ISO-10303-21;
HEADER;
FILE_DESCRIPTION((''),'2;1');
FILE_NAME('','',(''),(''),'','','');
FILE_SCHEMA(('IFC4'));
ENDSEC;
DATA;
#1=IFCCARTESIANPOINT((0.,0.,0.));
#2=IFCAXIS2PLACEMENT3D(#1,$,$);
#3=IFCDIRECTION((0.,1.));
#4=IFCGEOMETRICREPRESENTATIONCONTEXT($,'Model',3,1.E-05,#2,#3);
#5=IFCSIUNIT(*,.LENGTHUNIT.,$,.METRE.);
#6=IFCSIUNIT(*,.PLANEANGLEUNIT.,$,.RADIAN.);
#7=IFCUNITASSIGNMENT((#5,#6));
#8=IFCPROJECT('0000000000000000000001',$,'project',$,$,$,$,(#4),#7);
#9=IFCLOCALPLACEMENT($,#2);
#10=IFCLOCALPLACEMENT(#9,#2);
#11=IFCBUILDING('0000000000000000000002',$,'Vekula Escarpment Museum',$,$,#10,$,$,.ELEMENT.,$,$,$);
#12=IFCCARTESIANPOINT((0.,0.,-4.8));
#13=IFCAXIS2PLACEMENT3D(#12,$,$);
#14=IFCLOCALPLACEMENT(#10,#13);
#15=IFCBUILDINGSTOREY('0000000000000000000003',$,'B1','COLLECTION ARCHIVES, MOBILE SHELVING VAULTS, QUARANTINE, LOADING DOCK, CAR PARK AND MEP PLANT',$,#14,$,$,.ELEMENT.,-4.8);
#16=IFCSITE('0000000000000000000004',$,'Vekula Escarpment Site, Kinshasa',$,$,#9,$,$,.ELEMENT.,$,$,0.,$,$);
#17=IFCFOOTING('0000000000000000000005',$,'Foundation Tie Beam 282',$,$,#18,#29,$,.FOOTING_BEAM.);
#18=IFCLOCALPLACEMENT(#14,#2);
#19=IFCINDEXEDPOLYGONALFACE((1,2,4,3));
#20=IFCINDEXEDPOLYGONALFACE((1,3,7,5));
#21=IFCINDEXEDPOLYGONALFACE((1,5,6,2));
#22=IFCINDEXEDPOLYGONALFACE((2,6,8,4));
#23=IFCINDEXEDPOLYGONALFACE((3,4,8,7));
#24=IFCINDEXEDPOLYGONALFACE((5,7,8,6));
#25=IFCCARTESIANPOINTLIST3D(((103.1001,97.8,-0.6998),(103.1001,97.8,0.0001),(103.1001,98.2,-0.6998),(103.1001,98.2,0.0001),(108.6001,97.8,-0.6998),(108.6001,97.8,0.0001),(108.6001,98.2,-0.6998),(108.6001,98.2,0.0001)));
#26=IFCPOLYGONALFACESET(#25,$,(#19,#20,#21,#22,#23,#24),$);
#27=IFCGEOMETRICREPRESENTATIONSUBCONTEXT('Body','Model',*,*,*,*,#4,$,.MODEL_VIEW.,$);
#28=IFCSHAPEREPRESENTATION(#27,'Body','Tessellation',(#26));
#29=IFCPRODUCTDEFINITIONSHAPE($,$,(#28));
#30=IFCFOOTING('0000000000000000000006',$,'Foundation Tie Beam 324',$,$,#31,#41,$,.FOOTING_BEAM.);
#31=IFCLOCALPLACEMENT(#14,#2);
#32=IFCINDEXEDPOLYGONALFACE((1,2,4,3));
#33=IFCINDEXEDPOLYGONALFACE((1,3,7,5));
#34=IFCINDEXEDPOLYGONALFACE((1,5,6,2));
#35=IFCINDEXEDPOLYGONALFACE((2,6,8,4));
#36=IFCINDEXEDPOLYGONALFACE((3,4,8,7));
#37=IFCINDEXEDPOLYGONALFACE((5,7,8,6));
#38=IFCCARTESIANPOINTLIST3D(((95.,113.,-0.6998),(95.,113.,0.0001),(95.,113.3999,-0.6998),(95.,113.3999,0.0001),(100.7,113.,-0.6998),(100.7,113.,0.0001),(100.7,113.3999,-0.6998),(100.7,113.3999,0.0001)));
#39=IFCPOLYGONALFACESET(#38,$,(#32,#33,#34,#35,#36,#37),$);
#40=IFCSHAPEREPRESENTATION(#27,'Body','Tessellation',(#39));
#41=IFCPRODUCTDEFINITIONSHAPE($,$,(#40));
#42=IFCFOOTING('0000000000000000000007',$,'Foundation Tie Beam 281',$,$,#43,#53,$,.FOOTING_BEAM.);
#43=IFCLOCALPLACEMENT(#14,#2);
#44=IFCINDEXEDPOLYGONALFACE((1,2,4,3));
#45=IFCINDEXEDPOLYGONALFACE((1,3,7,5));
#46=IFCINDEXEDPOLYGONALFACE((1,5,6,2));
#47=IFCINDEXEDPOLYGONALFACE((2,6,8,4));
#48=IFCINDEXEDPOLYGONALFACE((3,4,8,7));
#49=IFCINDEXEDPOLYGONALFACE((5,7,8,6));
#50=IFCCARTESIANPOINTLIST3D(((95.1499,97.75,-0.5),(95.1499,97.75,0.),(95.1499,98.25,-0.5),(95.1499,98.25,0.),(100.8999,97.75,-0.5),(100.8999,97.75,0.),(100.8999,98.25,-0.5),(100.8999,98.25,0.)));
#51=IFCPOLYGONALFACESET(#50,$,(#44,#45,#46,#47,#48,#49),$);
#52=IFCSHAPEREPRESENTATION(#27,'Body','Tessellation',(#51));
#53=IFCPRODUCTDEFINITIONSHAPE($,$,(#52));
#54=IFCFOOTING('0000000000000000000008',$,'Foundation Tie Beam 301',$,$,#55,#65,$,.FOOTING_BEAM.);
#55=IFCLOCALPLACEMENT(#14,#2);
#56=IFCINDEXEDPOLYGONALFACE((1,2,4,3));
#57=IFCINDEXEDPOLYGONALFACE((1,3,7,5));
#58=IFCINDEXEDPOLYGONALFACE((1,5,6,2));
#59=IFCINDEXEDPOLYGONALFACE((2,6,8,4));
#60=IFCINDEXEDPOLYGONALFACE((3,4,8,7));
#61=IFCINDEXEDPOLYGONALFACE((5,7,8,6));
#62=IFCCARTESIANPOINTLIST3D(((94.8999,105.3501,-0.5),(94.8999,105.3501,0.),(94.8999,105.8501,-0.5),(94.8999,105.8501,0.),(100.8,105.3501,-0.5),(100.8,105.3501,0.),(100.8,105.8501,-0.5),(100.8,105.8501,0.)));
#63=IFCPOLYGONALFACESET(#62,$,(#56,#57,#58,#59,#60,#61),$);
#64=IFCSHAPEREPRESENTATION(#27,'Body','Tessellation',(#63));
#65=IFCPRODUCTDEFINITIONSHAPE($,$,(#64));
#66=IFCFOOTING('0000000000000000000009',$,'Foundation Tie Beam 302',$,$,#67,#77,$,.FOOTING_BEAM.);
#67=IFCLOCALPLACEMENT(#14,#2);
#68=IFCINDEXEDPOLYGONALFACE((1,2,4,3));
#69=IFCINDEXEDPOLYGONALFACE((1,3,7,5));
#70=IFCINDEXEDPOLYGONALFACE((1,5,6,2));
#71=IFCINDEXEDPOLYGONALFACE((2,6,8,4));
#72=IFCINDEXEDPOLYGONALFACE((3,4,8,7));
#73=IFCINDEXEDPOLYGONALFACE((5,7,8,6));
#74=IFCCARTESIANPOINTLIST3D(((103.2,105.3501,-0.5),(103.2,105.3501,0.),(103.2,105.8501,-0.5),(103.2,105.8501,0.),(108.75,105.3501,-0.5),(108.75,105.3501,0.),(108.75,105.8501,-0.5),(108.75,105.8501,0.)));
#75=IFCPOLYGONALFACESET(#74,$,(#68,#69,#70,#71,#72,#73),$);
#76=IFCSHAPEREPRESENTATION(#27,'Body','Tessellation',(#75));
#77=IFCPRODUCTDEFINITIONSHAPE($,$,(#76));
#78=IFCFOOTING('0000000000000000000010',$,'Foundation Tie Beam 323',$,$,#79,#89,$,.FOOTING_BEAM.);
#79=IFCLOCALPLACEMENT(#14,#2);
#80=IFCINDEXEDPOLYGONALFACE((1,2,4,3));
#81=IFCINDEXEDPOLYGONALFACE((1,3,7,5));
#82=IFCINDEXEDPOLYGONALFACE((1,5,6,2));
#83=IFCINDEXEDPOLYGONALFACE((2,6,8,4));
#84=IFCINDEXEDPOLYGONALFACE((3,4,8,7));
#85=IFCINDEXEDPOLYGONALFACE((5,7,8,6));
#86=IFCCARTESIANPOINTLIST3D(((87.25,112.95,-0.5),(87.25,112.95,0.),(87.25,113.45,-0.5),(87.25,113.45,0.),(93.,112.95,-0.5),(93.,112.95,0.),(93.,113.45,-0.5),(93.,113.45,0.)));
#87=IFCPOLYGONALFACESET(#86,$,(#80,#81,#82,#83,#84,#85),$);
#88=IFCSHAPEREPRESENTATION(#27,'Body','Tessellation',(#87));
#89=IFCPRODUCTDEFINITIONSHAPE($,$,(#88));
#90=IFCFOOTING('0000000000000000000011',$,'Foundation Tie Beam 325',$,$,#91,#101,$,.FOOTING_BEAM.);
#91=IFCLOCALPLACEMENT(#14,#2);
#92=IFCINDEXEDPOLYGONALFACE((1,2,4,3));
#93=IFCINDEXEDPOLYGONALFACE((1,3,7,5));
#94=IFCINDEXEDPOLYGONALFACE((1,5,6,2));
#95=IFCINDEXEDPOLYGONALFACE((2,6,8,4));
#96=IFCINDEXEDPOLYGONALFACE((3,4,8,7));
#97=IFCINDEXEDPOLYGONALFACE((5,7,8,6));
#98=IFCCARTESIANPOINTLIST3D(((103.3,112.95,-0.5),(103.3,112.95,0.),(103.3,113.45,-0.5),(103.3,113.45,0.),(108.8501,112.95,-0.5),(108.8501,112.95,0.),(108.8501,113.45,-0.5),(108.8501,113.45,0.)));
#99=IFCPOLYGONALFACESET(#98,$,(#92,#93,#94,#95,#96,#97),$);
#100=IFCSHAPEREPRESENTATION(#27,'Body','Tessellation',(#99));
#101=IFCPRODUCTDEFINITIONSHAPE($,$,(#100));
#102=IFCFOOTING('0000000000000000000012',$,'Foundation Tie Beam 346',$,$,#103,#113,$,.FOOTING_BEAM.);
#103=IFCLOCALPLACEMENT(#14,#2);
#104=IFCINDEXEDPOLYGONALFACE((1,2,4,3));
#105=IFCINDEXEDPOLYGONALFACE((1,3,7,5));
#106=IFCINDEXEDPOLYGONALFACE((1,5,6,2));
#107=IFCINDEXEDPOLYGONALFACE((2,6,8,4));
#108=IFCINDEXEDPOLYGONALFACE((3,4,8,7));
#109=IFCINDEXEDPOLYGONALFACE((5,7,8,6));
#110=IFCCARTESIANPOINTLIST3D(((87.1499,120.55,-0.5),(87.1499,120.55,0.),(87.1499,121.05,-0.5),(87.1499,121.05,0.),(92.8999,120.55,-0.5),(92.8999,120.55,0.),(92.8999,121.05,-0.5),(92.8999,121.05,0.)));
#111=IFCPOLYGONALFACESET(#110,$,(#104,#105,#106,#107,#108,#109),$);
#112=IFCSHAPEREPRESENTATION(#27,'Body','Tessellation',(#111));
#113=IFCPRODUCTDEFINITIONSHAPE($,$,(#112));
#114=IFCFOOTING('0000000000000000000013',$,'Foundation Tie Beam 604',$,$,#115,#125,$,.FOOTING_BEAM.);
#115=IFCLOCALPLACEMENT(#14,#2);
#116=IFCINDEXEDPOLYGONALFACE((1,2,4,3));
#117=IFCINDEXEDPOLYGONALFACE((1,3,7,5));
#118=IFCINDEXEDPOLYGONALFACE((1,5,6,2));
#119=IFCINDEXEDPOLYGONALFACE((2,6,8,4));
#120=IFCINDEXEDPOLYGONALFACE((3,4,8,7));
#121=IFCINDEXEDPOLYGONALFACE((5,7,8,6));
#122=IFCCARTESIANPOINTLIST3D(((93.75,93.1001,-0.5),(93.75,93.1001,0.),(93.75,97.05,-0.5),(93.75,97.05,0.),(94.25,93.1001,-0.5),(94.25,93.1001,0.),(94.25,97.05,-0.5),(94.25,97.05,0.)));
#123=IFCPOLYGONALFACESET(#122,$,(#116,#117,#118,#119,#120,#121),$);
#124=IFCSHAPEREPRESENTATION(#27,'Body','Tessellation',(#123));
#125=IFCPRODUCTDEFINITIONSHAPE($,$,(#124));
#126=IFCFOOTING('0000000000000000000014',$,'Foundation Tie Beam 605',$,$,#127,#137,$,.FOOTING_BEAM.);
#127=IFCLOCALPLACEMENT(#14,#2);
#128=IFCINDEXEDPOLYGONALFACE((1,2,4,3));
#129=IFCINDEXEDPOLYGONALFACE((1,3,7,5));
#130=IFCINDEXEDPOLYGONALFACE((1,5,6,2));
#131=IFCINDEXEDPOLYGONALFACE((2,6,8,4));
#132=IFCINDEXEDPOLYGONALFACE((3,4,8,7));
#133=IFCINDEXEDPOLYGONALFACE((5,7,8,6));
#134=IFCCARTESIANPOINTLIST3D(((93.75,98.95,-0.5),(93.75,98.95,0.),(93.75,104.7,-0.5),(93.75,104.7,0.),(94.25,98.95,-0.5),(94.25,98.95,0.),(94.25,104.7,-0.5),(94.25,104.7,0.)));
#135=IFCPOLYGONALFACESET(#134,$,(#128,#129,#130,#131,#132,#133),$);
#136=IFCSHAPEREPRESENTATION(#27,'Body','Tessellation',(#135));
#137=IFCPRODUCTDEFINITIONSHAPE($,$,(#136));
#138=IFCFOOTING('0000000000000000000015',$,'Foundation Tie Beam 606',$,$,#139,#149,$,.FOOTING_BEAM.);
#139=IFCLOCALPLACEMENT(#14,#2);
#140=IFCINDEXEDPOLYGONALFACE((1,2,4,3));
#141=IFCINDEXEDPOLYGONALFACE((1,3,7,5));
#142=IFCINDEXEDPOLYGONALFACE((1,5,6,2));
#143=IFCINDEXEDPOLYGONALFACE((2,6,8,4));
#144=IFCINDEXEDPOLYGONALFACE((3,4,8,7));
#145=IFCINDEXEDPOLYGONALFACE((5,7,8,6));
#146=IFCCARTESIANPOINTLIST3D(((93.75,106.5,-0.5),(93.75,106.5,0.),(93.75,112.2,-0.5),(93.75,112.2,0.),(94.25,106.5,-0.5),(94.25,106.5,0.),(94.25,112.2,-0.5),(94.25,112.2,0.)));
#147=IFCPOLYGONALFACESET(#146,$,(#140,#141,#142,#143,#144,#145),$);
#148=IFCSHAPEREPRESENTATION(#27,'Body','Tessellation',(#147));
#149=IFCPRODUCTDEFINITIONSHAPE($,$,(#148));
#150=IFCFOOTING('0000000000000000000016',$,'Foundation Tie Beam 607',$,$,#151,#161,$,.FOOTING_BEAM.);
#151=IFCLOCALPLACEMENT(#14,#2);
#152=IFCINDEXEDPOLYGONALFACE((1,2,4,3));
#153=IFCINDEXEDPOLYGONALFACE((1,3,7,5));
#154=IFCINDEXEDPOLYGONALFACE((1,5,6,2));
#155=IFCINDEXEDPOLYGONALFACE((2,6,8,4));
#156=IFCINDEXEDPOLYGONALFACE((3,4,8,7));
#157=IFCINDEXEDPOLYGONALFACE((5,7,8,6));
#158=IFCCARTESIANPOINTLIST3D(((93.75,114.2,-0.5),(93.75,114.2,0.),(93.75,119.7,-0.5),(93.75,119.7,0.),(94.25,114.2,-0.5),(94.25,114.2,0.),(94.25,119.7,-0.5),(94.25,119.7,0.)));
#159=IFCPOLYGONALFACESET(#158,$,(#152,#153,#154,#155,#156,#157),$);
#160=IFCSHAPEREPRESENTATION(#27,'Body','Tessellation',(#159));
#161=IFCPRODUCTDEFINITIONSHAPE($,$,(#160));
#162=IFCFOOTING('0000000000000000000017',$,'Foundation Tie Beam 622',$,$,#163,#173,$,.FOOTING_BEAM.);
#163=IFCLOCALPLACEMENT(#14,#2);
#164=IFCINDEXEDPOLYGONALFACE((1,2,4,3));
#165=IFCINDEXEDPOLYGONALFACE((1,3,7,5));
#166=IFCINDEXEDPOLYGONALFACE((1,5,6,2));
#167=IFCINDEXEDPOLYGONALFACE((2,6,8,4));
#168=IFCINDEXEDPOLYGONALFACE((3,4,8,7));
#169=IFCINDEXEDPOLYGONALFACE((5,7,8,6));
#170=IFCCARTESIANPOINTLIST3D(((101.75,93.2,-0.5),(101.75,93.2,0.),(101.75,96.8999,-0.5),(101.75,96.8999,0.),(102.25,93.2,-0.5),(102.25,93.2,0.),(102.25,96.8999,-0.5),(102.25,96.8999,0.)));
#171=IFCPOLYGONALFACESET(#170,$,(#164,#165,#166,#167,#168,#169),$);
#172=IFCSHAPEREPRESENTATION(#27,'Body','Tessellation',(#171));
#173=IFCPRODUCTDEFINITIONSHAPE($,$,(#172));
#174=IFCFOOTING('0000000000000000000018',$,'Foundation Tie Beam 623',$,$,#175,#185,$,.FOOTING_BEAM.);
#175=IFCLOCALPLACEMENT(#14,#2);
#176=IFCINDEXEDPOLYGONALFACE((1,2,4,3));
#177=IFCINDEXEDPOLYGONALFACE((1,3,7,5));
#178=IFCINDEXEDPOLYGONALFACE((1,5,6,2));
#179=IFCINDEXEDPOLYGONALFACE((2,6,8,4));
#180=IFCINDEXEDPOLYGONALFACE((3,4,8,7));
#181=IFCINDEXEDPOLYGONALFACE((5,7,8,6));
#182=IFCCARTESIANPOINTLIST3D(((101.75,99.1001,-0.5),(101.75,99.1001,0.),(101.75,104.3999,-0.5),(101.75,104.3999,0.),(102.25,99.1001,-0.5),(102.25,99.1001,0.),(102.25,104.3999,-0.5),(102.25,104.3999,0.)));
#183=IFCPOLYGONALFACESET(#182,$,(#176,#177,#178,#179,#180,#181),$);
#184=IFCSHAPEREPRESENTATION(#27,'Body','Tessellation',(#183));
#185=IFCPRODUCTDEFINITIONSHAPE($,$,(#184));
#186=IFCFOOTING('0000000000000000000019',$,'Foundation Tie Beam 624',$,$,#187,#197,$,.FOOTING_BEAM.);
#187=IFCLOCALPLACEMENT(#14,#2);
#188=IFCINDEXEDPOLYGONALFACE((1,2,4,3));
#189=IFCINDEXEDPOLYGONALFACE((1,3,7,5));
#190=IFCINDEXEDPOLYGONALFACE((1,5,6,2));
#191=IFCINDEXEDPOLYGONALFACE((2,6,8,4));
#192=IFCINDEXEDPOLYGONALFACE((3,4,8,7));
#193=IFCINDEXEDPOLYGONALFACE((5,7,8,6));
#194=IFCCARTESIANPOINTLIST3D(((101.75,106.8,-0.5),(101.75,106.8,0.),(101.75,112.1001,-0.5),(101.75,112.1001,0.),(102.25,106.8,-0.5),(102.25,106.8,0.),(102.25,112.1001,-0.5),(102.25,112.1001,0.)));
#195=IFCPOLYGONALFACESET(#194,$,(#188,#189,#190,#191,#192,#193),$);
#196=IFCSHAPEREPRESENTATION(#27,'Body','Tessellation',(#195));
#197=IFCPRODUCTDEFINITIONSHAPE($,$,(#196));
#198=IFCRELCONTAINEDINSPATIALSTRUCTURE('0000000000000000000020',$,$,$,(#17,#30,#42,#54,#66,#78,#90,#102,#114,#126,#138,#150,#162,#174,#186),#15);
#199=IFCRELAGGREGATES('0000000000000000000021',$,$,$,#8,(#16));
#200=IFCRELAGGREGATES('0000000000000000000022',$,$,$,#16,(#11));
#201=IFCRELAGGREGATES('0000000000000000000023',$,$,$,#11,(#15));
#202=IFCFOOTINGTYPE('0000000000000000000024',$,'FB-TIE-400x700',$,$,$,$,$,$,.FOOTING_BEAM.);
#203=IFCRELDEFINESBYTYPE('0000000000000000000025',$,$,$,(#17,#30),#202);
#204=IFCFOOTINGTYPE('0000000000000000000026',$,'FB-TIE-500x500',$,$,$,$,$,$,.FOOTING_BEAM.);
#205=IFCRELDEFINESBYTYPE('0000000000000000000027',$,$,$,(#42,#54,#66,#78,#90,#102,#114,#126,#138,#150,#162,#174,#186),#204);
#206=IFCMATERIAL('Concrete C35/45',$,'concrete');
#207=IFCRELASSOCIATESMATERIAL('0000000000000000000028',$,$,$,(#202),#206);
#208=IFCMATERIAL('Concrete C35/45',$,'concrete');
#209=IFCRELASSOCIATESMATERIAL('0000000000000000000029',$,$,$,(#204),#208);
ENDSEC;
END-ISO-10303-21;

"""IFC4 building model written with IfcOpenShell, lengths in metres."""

from ifc_helpers import new_model, si_unit, direction, frame, origin, origin_2d, place, context, subcontext, project, spatial, rectangle, extrude, material, material_profile, profile_set, type_object, element, save


model = new_model("IFC4")

# Units and contexts
model_context = context("Model", 3, precision=1e-05, world=origin(), true_north=direction((0.0, 1.0)))
body_context = subcontext(model_context, "Body", "Model", "MODEL_VIEW")
ifc_project = project(units=[si_unit("LENGTHUNIT", "METRE"), si_unit("PLANEANGLEUNIT", "RADIAN")], contexts=[model_context])

# Site, building, storey
site_placement = place(None, origin())
site = spatial("IfcSite", under=ifc_project, at=site_placement, Name="Vekula Escarpment Site, Kinshasa", CompositionType="ELEMENT", RefElevation=0.0)
building_placement = place(site_placement, origin())
building = spatial("IfcBuilding", under=site, at=building_placement, Name="Vekula Escarpment Museum", CompositionType="ELEMENT")
storey_placement = place(building_placement, frame((0.0, 0.0, -4.8)))
storey = spatial("IfcBuildingStorey", under=building, at=storey_placement, Name="B1", Description="COLLECTION ARCHIVES, MOBILE SHELVING VAULTS, QUARANTINE, LOADING DOCK, CAR PARK AND MEP PLANT", CompositionType="ELEMENT", Elevation=-4.8)

# Footings
ifc_material_1 = material(Name="Concrete C35/45", Category="concrete")
ifc_material_profile_1 = material_profile(ifc_material_1, rectangle(XDim=0.3999, YDim=0.7, at=origin_2d()), Name="RC 400x700")
ifc_profile_set_1 = profile_set([ifc_material_profile_1], Name="Concrete C35/45")
footing_type_1 = type_object("IfcFootingType", Name="FB-TIE-400x700", PredefinedType="FOOTING_BEAM", material=ifc_profile_set_1)
footing_1_placement = place(storey_placement, frame((103.1001, 98.0, -0.3499), z_axis=(1.0, 0.0, 0.0), x_axis=(0.0, 1.0, 0.0)))
element("IfcFooting", 1, at=footing_1_placement, inside=storey, type_object=footing_type_1, Name="Foundation Tie Beam 282", PredefinedType="FOOTING_BEAM", context=body_context, shape_type="SweptSolid", body=[
    extrude(rectangle(XDim=0.3999, YDim=0.7, at=origin_2d()), origin(), (0.0, 0.0, 1.0), 5.5),
])
footing_2_placement = place(storey_placement, frame((95.0, 113.2, -0.3499), z_axis=(1.0, 0.0, 0.0), x_axis=(0.0, 1.0, 0.0)))
element("IfcFooting", 2, at=footing_2_placement, inside=storey, type_object=footing_type_1, Name="Foundation Tie Beam 324", PredefinedType="FOOTING_BEAM", context=body_context, shape_type="SweptSolid", body=[
    extrude(rectangle(XDim=0.3999, YDim=0.7, at=origin_2d()), origin(), (0.0, 0.0, 1.0), 5.7),
])
ifc_material_2 = material(Name="Concrete C35/45", Category="concrete")
ifc_material_profile_2 = material_profile(ifc_material_2, rectangle(XDim=0.5, YDim=0.5, at=origin_2d()), Name="RC 500x500")
ifc_profile_set_2 = profile_set([ifc_material_profile_2], Name="Concrete C35/45")
footing_type_2 = type_object("IfcFootingType", Name="FB-TIE-500x500", PredefinedType="FOOTING_BEAM", material=ifc_profile_set_2)
footing_3_placement = place(storey_placement, frame((95.1499, 98.0, -0.25), z_axis=(1.0, 0.0, 0.0), x_axis=(0.0, 1.0, 0.0)))
element("IfcFooting", 3, at=footing_3_placement, inside=storey, type_object=footing_type_2, Name="Foundation Tie Beam 281", PredefinedType="FOOTING_BEAM", context=body_context, shape_type="SweptSolid", body=[
    extrude(rectangle(XDim=0.5, YDim=0.5, at=origin_2d()), origin(), (0.0, 0.0, 1.0), 5.75),
])
footing_4_placement = place(storey_placement, frame((94.8999, 105.6001, -0.25), z_axis=(1.0, 0.0, 0.0), x_axis=(0.0, 1.0, 0.0)))
element("IfcFooting", 4, at=footing_4_placement, inside=storey, type_object=footing_type_2, Name="Foundation Tie Beam 301", PredefinedType="FOOTING_BEAM", context=body_context, shape_type="SweptSolid", body=[
    extrude(rectangle(XDim=0.5, YDim=0.5, at=origin_2d()), origin(), (0.0, 0.0, 1.0), 5.9001),
])
footing_5_placement = place(storey_placement, frame((103.2, 105.6001, -0.25), z_axis=(1.0, 0.0, 0.0), x_axis=(0.0, 1.0, 0.0)))
element("IfcFooting", 5, at=footing_5_placement, inside=storey, type_object=footing_type_2, Name="Foundation Tie Beam 302", PredefinedType="FOOTING_BEAM", context=body_context, shape_type="SweptSolid", body=[
    extrude(rectangle(XDim=0.5, YDim=0.5, at=origin_2d()), origin(), (0.0, 0.0, 1.0), 5.55),
])
footing_6_placement = place(storey_placement, frame((87.25, 113.2, -0.25), z_axis=(1.0, 0.0, 0.0), x_axis=(0.0, 1.0, 0.0)))
element("IfcFooting", 6, at=footing_6_placement, inside=storey, type_object=footing_type_2, Name="Foundation Tie Beam 323", PredefinedType="FOOTING_BEAM", context=body_context, shape_type="SweptSolid", body=[
    extrude(rectangle(XDim=0.5, YDim=0.5, at=origin_2d()), origin(), (0.0, 0.0, 1.0), 5.75),
])
footing_7_placement = place(storey_placement, frame((103.3, 113.2, -0.25), z_axis=(1.0, 0.0, 0.0), x_axis=(0.0, 1.0, 0.0)))
element("IfcFooting", 7, at=footing_7_placement, inside=storey, type_object=footing_type_2, Name="Foundation Tie Beam 325", PredefinedType="FOOTING_BEAM", context=body_context, shape_type="SweptSolid", body=[
    extrude(rectangle(XDim=0.5, YDim=0.5, at=origin_2d()), origin(), (0.0, 0.0, 1.0), 5.55),
])
footing_8_placement = place(storey_placement, frame((87.1499, 120.8, -0.25), z_axis=(1.0, 0.0, 0.0), x_axis=(0.0, 1.0, 0.0)))
element("IfcFooting", 8, at=footing_8_placement, inside=storey, type_object=footing_type_2, Name="Foundation Tie Beam 346", PredefinedType="FOOTING_BEAM", context=body_context, shape_type="SweptSolid", body=[
    extrude(rectangle(XDim=0.5, YDim=0.5, at=origin_2d()), origin(), (0.0, 0.0, 1.0), 5.75),
])
footing_9_placement = place(storey_placement, frame((94.0, 93.1001, -0.25), z_axis=(0.0, 1.0, 0.0), x_axis=(-1.0, 0.0, 0.0)))
element("IfcFooting", 9, at=footing_9_placement, inside=storey, type_object=footing_type_2, Name="Foundation Tie Beam 604", PredefinedType="FOOTING_BEAM", context=body_context, shape_type="SweptSolid", body=[
    extrude(rectangle(XDim=0.5, YDim=0.5, at=origin_2d()), origin(), (0.0, 0.0, 1.0), 3.95),
])
footing_10_placement = place(storey_placement, frame((94.0, 98.95, -0.25), z_axis=(0.0, 1.0, 0.0), x_axis=(-1.0, 0.0, 0.0)))
element("IfcFooting", 10, at=footing_10_placement, inside=storey, type_object=footing_type_2, Name="Foundation Tie Beam 605", PredefinedType="FOOTING_BEAM", context=body_context, shape_type="SweptSolid", body=[
    extrude(rectangle(XDim=0.5, YDim=0.5, at=origin_2d()), origin(), (0.0, 0.0, 1.0), 5.75),
])
footing_11_placement = place(storey_placement, frame((94.0, 106.5, -0.25), z_axis=(0.0, 1.0, 0.0), x_axis=(-1.0, 0.0, 0.0)))
element("IfcFooting", 11, at=footing_11_placement, inside=storey, type_object=footing_type_2, Name="Foundation Tie Beam 606", PredefinedType="FOOTING_BEAM", context=body_context, shape_type="SweptSolid", body=[
    extrude(rectangle(XDim=0.5, YDim=0.5, at=origin_2d()), origin(), (0.0, 0.0, 1.0), 5.7),
])
footing_12_placement = place(storey_placement, frame((94.0, 114.2, -0.25), z_axis=(0.0, 1.0, 0.0), x_axis=(-1.0, 0.0, 0.0)))
element("IfcFooting", 12, at=footing_12_placement, inside=storey, type_object=footing_type_2, Name="Foundation Tie Beam 607", PredefinedType="FOOTING_BEAM", context=body_context, shape_type="SweptSolid", body=[
    extrude(rectangle(XDim=0.5, YDim=0.5, at=origin_2d()), origin(), (0.0, 0.0, 1.0), 5.5),
])
footing_13_placement = place(storey_placement, frame((102.0, 93.2, -0.25), z_axis=(0.0, 1.0, 0.0), x_axis=(-1.0, 0.0, 0.0)))
element("IfcFooting", 13, at=footing_13_placement, inside=storey, type_object=footing_type_2, Name="Foundation Tie Beam 622", PredefinedType="FOOTING_BEAM", context=body_context, shape_type="SweptSolid", body=[
    extrude(rectangle(XDim=0.5, YDim=0.5, at=origin_2d()), origin(), (0.0, 0.0, 1.0), 3.7),
])
footing_14_placement = place(storey_placement, frame((102.0, 99.1001, -0.25), z_axis=(0.0, 1.0, 0.0), x_axis=(-1.0, 0.0, 0.0)))
element("IfcFooting", 14, at=footing_14_placement, inside=storey, type_object=footing_type_2, Name="Foundation Tie Beam 623", PredefinedType="FOOTING_BEAM", context=body_context, shape_type="SweptSolid", body=[
    extrude(rectangle(XDim=0.5, YDim=0.5, at=origin_2d()), origin(), (0.0, 0.0, 1.0), 5.2998),
])
for number, where, z_axis, x_axis, name in (
    (15, (102.0, 106.8, -0.25), (0.0, 1.0, 0.0), (-1.0, 0.0, 0.0), "Foundation Tie Beam 624"),
):
    element("IfcFooting", number, at=place(storey_placement, frame(where, z_axis=z_axis, x_axis=x_axis)), inside=storey, type_object=footing_type_2, Name=name, PredefinedType="FOOTING_BEAM", context=body_context, shape_type="SweptSolid", body=[
        extrude(rectangle(XDim=0.5, YDim=0.5, at=origin_2d()), origin(), (0.0, 0.0, 1.0), 5.3),
    ])

save(model, "model.ifc")
